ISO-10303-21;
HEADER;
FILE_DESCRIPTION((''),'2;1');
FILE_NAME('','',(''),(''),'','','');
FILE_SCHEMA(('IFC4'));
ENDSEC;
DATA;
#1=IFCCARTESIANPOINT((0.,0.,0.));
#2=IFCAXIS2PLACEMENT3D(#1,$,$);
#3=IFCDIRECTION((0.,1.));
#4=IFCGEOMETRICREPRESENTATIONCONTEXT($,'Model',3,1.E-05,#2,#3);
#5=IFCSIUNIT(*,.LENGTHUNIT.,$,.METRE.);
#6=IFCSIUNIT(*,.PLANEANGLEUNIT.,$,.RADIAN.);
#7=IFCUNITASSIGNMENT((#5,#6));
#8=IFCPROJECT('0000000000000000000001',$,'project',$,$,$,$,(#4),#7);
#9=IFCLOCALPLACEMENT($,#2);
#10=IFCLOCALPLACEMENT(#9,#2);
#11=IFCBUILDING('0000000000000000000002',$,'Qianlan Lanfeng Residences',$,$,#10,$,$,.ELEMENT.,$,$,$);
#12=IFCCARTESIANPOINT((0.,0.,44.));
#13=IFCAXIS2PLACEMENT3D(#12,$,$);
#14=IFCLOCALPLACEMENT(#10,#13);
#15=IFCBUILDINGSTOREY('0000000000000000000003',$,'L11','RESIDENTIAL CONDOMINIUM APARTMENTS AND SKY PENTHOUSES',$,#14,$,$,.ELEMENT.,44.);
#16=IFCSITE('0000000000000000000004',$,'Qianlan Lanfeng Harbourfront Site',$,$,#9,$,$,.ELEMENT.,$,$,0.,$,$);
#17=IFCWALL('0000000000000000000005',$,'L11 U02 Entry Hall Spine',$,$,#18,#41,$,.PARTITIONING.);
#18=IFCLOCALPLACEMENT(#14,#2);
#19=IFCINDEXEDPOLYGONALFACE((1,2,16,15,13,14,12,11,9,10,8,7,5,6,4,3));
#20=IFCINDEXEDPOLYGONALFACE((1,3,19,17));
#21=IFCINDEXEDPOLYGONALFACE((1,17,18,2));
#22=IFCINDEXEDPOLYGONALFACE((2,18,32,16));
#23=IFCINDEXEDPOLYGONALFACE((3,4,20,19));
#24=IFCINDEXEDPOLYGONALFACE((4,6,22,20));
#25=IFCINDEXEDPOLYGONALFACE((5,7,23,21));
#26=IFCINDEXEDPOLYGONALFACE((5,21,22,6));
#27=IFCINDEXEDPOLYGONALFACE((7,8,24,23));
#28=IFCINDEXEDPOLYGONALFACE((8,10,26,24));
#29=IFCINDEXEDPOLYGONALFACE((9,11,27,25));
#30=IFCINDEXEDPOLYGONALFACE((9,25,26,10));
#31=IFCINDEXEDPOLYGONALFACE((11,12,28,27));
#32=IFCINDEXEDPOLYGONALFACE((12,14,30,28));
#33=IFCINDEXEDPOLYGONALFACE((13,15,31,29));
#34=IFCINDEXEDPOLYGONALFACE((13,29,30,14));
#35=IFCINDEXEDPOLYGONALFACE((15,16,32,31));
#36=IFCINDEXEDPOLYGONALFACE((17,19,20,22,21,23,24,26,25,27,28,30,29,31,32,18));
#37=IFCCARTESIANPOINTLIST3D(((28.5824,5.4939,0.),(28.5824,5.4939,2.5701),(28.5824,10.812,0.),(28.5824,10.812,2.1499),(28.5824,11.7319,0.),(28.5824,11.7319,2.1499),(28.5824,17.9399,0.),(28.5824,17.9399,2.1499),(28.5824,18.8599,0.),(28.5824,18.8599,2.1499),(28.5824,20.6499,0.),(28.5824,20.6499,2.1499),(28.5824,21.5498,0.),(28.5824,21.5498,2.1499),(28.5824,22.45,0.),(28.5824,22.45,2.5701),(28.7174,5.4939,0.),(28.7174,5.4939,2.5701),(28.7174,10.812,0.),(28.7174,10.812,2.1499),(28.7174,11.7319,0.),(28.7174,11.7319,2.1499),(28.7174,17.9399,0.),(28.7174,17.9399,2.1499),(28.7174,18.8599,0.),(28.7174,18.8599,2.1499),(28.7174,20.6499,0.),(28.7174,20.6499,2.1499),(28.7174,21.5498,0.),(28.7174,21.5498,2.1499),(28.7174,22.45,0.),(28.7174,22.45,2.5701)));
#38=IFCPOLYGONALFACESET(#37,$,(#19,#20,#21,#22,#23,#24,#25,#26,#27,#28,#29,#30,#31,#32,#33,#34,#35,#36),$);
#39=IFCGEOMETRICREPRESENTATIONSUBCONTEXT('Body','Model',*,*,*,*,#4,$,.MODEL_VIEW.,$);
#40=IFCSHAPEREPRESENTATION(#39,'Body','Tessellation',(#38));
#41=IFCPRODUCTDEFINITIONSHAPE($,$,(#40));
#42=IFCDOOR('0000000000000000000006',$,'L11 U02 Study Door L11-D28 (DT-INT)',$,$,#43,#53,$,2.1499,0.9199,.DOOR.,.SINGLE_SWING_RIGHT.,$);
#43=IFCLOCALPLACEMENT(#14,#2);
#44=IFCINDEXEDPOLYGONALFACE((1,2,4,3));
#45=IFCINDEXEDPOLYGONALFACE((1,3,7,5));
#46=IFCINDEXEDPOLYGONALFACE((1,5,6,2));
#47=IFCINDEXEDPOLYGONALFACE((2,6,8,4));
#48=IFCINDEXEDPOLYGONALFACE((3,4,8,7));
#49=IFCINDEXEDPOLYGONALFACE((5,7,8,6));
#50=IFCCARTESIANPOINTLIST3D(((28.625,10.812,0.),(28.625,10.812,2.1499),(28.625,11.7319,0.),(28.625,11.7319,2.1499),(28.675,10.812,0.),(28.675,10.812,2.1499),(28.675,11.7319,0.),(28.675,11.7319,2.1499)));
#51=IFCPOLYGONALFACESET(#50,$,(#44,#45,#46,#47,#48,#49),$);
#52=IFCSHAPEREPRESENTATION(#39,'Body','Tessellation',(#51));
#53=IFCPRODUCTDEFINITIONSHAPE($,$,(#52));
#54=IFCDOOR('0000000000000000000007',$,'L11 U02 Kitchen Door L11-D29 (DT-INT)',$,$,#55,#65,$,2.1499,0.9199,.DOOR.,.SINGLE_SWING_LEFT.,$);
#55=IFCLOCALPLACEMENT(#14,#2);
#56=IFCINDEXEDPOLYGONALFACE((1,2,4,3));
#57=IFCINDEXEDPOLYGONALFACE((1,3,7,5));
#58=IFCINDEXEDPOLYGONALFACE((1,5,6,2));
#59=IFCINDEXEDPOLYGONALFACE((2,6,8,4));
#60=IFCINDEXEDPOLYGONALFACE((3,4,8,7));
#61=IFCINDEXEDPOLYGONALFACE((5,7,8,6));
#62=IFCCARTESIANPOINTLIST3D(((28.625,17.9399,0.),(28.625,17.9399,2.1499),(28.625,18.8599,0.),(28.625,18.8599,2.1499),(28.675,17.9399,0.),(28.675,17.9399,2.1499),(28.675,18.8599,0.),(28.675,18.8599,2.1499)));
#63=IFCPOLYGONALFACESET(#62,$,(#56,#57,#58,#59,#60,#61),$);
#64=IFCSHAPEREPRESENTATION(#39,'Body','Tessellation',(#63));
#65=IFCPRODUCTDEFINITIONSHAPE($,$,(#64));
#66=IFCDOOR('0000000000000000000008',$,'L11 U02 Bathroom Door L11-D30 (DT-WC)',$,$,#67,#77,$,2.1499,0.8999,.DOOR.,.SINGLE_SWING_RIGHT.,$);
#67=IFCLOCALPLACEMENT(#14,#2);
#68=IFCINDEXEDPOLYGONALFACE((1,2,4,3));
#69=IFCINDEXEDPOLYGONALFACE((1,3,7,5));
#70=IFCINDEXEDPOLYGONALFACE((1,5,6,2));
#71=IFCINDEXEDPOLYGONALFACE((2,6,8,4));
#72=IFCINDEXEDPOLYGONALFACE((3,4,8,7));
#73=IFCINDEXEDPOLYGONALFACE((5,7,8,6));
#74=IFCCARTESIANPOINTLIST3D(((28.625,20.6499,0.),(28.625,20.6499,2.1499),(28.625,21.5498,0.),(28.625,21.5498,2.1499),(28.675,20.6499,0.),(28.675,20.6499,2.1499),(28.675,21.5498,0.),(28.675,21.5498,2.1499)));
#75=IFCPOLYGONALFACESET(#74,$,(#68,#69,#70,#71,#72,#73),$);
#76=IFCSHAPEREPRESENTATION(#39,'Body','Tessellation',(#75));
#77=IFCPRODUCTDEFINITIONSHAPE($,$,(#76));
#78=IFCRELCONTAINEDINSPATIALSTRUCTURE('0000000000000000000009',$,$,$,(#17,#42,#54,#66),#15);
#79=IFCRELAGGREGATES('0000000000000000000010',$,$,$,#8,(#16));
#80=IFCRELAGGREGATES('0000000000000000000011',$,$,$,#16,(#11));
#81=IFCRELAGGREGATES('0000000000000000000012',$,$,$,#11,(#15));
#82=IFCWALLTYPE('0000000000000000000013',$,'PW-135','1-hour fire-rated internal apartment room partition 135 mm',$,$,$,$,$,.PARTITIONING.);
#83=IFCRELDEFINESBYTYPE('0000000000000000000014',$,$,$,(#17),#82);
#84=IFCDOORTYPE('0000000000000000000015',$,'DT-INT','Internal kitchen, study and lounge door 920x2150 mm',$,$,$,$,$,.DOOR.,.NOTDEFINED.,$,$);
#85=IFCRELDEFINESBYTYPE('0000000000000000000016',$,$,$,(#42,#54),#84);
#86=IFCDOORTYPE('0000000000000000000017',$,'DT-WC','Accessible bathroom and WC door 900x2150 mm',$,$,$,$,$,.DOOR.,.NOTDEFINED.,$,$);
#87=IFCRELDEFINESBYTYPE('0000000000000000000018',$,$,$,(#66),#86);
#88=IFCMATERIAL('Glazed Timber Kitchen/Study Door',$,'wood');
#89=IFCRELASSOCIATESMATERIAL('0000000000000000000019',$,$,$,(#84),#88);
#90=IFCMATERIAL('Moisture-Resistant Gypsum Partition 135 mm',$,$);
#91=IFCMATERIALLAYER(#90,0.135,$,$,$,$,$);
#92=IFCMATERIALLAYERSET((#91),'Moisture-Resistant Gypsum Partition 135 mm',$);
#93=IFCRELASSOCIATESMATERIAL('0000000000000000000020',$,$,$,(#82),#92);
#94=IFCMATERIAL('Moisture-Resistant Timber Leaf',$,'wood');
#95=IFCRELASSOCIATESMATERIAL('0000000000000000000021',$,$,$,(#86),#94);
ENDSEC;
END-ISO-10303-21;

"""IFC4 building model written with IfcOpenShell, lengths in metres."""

from ifc_helpers import new_model, si_unit, direction, frame, frame_2d, origin, place, context, subcontext, project, spatial, rectangle, extrude, material, layer, layer_set, type_object, element, fill, save


model = new_model("IFC4")

# Units and contexts
model_context = context("Model", 3, precision=1e-05, world=origin(), true_north=direction((0.0, 1.0)))
body_context = subcontext(model_context, "Body", "Model", "MODEL_VIEW")
ifc_project = project(units=[si_unit("LENGTHUNIT", "METRE"), si_unit("PLANEANGLEUNIT", "RADIAN")], contexts=[model_context])

# Site, building, storey
site_placement = place(None, origin())
site = spatial("IfcSite", under=ifc_project, at=site_placement, Name="Qianlan Lanfeng Harbourfront Site", CompositionType="ELEMENT", RefElevation=0.0)
building_placement = place(site_placement, origin())
building = spatial("IfcBuilding", under=site, at=building_placement, Name="Qianlan Lanfeng Residences", CompositionType="ELEMENT")
storey_placement = place(building_placement, frame((0.0, 0.0, 44.0)))
storey = spatial("IfcBuildingStorey", under=building, at=storey_placement, Name="L11", Description="RESIDENTIAL CONDOMINIUM APARTMENTS AND SKY PENTHOUSES", CompositionType="ELEMENT", Elevation=44.0)

# Shared definitions
ifc_material_1 = material(Name="Glazed Timber Kitchen/Study Door", Category="wood")
door_type_1 = type_object("IfcDoorType", Name="DT-INT", Description="Internal kitchen, study and lounge door 920x2150 mm", OperationType="NOTDEFINED", PredefinedType="DOOR", material=ifc_material_1)

# Shared definitions
ifc_material_2 = material(Name="Moisture-Resistant Gypsum Partition 135 mm")
ifc_layer_1 = layer(ifc_material_2, 0.135)
ifc_layer_set_1 = layer_set([ifc_layer_1], Name="Moisture-Resistant Gypsum Partition 135 mm")
wall_type_1 = type_object("IfcWallType", Name="PW-135", Description="1-hour fire-rated internal apartment room partition 135 mm", PredefinedType="PARTITIONING", material=ifc_layer_set_1)

# Wall, openings, doors
wall_1_placement = place(storey_placement, frame((28.6499, 5.4939, 0.0), z_axis=(0.0, 0.0, 1.0), x_axis=(0.0, 1.0, 0.0)))
wall_1 = element("IfcWall", 1, at=wall_1_placement, inside=storey, type_object=wall_type_1, Name="L11 U02 Entry Hall Spine", PredefinedType="PARTITIONING", context=body_context, shape_type="SweptSolid", body=[
    extrude(rectangle(XDim=16.9561, YDim=0.135, at=frame_2d((8.478, 0.0))), origin(), (0.0, 0.0, 1.0), 2.5701),
])
opening_1_placement = place(wall_1_placement, frame((5.3181, 0.0, 0.0)))
opening_1 = element("IfcOpeningElement", 2, at=opening_1_placement, cuts=wall_1, PredefinedType="OPENING", context=body_context, shape_type="SweptSolid", body=[
    extrude(rectangle(XDim=0.9199, YDim=2.1499, at=frame_2d((0.46, 1.075))), frame((0.0, 0.0776, 0.0), z_axis=(0.0, -1.0, 0.0), x_axis=(1.0, 0.0, 0.0)), (0.0, 0.0, 1.0), 0.155),
])
opening_2_placement = place(wall_1_placement, frame((12.446, 0.0, 0.0)))
opening_2 = element("IfcOpeningElement", 3, at=opening_2_placement, cuts=wall_1, PredefinedType="OPENING", context=body_context, shape_type="SweptSolid", body=[
    extrude(rectangle(XDim=0.9199, YDim=2.1499, at=frame_2d((0.46, 1.075))), frame((0.0, 0.0776, 0.0), z_axis=(0.0, -1.0, 0.0), x_axis=(1.0, 0.0, 0.0)), (0.0, 0.0, 1.0), 0.155),
])
opening_3_placement = place(wall_1_placement, frame((15.156, 0.0, 0.0)))
opening_3 = element("IfcOpeningElement", 4, at=opening_3_placement, cuts=wall_1, PredefinedType="OPENING", context=body_context, shape_type="SweptSolid", body=[
    extrude(rectangle(XDim=0.8999, YDim=2.1499, at=frame_2d((0.45, 1.075))), frame((0.0, 0.0776, 0.0), z_axis=(0.0, -1.0, 0.0), x_axis=(1.0, 0.0, 0.0)), (0.0, 0.0, 1.0), 0.155),
])
door_1_placement = place(opening_1_placement, origin())
door_1 = element("IfcDoor", 5, at=door_1_placement, inside=storey, type_object=door_type_1, Name="L11 U02 Study Door L11-D28 (DT-INT)", OperationType="SINGLE_SWING_RIGHT", OverallHeight=2.1499, OverallWidth=0.9199, PredefinedType="DOOR", context=body_context, shape_type="SweptSolid", body=[
    extrude(rectangle(XDim=0.9199, YDim=2.1499, at=frame_2d((0.46, 1.075))), frame((0.0, 0.0249, 0.0), z_axis=(0.0, -1.0, 0.0), x_axis=(1.0, 0.0, 0.0)), (0.0, 0.0, 1.0), 0.05),
])
fill(opening_1, door_1)
door_2_placement = place(opening_2_placement, origin())
door_2 = element("IfcDoor", 6, at=door_2_placement, inside=storey, type_object=door_type_1, Name="L11 U02 Kitchen Door L11-D29 (DT-INT)", OperationType="SINGLE_SWING_LEFT", OverallHeight=2.1499, OverallWidth=0.9199, PredefinedType="DOOR", context=body_context, shape_type="SweptSolid", body=[
    extrude(rectangle(XDim=0.9199, YDim=2.1499, at=frame_2d((0.46, 1.075))), frame((0.0, 0.0249, 0.0), z_axis=(0.0, -1.0, 0.0), x_axis=(1.0, 0.0, 0.0)), (0.0, 0.0, 1.0), 0.05),
])
fill(opening_2, door_2)
ifc_material_3 = material(Name="Moisture-Resistant Timber Leaf", Category="wood")
door_type_2 = type_object("IfcDoorType", Name="DT-WC", Description="Accessible bathroom and WC door 900x2150 mm", OperationType="NOTDEFINED", PredefinedType="DOOR", material=ifc_material_3)
door_3_placement = place(opening_3_placement, origin())
door_3 = element("IfcDoor", 7, at=door_3_placement, inside=storey, type_object=door_type_2, Name="L11 U02 Bathroom Door L11-D30 (DT-WC)", OperationType="SINGLE_SWING_RIGHT", OverallHeight=2.1499, OverallWidth=0.8999, PredefinedType="DOOR", context=body_context, shape_type="SweptSolid", body=[
    extrude(rectangle(XDim=0.8999, YDim=2.1499, at=frame_2d((0.45, 1.075))), frame((0.0, 0.0249, 0.0), z_axis=(0.0, -1.0, 0.0), x_axis=(1.0, 0.0, 0.0)), (0.0, 0.0, 1.0), 0.05),
])
fill(opening_3, door_3)

save(model, "model.ifc")
